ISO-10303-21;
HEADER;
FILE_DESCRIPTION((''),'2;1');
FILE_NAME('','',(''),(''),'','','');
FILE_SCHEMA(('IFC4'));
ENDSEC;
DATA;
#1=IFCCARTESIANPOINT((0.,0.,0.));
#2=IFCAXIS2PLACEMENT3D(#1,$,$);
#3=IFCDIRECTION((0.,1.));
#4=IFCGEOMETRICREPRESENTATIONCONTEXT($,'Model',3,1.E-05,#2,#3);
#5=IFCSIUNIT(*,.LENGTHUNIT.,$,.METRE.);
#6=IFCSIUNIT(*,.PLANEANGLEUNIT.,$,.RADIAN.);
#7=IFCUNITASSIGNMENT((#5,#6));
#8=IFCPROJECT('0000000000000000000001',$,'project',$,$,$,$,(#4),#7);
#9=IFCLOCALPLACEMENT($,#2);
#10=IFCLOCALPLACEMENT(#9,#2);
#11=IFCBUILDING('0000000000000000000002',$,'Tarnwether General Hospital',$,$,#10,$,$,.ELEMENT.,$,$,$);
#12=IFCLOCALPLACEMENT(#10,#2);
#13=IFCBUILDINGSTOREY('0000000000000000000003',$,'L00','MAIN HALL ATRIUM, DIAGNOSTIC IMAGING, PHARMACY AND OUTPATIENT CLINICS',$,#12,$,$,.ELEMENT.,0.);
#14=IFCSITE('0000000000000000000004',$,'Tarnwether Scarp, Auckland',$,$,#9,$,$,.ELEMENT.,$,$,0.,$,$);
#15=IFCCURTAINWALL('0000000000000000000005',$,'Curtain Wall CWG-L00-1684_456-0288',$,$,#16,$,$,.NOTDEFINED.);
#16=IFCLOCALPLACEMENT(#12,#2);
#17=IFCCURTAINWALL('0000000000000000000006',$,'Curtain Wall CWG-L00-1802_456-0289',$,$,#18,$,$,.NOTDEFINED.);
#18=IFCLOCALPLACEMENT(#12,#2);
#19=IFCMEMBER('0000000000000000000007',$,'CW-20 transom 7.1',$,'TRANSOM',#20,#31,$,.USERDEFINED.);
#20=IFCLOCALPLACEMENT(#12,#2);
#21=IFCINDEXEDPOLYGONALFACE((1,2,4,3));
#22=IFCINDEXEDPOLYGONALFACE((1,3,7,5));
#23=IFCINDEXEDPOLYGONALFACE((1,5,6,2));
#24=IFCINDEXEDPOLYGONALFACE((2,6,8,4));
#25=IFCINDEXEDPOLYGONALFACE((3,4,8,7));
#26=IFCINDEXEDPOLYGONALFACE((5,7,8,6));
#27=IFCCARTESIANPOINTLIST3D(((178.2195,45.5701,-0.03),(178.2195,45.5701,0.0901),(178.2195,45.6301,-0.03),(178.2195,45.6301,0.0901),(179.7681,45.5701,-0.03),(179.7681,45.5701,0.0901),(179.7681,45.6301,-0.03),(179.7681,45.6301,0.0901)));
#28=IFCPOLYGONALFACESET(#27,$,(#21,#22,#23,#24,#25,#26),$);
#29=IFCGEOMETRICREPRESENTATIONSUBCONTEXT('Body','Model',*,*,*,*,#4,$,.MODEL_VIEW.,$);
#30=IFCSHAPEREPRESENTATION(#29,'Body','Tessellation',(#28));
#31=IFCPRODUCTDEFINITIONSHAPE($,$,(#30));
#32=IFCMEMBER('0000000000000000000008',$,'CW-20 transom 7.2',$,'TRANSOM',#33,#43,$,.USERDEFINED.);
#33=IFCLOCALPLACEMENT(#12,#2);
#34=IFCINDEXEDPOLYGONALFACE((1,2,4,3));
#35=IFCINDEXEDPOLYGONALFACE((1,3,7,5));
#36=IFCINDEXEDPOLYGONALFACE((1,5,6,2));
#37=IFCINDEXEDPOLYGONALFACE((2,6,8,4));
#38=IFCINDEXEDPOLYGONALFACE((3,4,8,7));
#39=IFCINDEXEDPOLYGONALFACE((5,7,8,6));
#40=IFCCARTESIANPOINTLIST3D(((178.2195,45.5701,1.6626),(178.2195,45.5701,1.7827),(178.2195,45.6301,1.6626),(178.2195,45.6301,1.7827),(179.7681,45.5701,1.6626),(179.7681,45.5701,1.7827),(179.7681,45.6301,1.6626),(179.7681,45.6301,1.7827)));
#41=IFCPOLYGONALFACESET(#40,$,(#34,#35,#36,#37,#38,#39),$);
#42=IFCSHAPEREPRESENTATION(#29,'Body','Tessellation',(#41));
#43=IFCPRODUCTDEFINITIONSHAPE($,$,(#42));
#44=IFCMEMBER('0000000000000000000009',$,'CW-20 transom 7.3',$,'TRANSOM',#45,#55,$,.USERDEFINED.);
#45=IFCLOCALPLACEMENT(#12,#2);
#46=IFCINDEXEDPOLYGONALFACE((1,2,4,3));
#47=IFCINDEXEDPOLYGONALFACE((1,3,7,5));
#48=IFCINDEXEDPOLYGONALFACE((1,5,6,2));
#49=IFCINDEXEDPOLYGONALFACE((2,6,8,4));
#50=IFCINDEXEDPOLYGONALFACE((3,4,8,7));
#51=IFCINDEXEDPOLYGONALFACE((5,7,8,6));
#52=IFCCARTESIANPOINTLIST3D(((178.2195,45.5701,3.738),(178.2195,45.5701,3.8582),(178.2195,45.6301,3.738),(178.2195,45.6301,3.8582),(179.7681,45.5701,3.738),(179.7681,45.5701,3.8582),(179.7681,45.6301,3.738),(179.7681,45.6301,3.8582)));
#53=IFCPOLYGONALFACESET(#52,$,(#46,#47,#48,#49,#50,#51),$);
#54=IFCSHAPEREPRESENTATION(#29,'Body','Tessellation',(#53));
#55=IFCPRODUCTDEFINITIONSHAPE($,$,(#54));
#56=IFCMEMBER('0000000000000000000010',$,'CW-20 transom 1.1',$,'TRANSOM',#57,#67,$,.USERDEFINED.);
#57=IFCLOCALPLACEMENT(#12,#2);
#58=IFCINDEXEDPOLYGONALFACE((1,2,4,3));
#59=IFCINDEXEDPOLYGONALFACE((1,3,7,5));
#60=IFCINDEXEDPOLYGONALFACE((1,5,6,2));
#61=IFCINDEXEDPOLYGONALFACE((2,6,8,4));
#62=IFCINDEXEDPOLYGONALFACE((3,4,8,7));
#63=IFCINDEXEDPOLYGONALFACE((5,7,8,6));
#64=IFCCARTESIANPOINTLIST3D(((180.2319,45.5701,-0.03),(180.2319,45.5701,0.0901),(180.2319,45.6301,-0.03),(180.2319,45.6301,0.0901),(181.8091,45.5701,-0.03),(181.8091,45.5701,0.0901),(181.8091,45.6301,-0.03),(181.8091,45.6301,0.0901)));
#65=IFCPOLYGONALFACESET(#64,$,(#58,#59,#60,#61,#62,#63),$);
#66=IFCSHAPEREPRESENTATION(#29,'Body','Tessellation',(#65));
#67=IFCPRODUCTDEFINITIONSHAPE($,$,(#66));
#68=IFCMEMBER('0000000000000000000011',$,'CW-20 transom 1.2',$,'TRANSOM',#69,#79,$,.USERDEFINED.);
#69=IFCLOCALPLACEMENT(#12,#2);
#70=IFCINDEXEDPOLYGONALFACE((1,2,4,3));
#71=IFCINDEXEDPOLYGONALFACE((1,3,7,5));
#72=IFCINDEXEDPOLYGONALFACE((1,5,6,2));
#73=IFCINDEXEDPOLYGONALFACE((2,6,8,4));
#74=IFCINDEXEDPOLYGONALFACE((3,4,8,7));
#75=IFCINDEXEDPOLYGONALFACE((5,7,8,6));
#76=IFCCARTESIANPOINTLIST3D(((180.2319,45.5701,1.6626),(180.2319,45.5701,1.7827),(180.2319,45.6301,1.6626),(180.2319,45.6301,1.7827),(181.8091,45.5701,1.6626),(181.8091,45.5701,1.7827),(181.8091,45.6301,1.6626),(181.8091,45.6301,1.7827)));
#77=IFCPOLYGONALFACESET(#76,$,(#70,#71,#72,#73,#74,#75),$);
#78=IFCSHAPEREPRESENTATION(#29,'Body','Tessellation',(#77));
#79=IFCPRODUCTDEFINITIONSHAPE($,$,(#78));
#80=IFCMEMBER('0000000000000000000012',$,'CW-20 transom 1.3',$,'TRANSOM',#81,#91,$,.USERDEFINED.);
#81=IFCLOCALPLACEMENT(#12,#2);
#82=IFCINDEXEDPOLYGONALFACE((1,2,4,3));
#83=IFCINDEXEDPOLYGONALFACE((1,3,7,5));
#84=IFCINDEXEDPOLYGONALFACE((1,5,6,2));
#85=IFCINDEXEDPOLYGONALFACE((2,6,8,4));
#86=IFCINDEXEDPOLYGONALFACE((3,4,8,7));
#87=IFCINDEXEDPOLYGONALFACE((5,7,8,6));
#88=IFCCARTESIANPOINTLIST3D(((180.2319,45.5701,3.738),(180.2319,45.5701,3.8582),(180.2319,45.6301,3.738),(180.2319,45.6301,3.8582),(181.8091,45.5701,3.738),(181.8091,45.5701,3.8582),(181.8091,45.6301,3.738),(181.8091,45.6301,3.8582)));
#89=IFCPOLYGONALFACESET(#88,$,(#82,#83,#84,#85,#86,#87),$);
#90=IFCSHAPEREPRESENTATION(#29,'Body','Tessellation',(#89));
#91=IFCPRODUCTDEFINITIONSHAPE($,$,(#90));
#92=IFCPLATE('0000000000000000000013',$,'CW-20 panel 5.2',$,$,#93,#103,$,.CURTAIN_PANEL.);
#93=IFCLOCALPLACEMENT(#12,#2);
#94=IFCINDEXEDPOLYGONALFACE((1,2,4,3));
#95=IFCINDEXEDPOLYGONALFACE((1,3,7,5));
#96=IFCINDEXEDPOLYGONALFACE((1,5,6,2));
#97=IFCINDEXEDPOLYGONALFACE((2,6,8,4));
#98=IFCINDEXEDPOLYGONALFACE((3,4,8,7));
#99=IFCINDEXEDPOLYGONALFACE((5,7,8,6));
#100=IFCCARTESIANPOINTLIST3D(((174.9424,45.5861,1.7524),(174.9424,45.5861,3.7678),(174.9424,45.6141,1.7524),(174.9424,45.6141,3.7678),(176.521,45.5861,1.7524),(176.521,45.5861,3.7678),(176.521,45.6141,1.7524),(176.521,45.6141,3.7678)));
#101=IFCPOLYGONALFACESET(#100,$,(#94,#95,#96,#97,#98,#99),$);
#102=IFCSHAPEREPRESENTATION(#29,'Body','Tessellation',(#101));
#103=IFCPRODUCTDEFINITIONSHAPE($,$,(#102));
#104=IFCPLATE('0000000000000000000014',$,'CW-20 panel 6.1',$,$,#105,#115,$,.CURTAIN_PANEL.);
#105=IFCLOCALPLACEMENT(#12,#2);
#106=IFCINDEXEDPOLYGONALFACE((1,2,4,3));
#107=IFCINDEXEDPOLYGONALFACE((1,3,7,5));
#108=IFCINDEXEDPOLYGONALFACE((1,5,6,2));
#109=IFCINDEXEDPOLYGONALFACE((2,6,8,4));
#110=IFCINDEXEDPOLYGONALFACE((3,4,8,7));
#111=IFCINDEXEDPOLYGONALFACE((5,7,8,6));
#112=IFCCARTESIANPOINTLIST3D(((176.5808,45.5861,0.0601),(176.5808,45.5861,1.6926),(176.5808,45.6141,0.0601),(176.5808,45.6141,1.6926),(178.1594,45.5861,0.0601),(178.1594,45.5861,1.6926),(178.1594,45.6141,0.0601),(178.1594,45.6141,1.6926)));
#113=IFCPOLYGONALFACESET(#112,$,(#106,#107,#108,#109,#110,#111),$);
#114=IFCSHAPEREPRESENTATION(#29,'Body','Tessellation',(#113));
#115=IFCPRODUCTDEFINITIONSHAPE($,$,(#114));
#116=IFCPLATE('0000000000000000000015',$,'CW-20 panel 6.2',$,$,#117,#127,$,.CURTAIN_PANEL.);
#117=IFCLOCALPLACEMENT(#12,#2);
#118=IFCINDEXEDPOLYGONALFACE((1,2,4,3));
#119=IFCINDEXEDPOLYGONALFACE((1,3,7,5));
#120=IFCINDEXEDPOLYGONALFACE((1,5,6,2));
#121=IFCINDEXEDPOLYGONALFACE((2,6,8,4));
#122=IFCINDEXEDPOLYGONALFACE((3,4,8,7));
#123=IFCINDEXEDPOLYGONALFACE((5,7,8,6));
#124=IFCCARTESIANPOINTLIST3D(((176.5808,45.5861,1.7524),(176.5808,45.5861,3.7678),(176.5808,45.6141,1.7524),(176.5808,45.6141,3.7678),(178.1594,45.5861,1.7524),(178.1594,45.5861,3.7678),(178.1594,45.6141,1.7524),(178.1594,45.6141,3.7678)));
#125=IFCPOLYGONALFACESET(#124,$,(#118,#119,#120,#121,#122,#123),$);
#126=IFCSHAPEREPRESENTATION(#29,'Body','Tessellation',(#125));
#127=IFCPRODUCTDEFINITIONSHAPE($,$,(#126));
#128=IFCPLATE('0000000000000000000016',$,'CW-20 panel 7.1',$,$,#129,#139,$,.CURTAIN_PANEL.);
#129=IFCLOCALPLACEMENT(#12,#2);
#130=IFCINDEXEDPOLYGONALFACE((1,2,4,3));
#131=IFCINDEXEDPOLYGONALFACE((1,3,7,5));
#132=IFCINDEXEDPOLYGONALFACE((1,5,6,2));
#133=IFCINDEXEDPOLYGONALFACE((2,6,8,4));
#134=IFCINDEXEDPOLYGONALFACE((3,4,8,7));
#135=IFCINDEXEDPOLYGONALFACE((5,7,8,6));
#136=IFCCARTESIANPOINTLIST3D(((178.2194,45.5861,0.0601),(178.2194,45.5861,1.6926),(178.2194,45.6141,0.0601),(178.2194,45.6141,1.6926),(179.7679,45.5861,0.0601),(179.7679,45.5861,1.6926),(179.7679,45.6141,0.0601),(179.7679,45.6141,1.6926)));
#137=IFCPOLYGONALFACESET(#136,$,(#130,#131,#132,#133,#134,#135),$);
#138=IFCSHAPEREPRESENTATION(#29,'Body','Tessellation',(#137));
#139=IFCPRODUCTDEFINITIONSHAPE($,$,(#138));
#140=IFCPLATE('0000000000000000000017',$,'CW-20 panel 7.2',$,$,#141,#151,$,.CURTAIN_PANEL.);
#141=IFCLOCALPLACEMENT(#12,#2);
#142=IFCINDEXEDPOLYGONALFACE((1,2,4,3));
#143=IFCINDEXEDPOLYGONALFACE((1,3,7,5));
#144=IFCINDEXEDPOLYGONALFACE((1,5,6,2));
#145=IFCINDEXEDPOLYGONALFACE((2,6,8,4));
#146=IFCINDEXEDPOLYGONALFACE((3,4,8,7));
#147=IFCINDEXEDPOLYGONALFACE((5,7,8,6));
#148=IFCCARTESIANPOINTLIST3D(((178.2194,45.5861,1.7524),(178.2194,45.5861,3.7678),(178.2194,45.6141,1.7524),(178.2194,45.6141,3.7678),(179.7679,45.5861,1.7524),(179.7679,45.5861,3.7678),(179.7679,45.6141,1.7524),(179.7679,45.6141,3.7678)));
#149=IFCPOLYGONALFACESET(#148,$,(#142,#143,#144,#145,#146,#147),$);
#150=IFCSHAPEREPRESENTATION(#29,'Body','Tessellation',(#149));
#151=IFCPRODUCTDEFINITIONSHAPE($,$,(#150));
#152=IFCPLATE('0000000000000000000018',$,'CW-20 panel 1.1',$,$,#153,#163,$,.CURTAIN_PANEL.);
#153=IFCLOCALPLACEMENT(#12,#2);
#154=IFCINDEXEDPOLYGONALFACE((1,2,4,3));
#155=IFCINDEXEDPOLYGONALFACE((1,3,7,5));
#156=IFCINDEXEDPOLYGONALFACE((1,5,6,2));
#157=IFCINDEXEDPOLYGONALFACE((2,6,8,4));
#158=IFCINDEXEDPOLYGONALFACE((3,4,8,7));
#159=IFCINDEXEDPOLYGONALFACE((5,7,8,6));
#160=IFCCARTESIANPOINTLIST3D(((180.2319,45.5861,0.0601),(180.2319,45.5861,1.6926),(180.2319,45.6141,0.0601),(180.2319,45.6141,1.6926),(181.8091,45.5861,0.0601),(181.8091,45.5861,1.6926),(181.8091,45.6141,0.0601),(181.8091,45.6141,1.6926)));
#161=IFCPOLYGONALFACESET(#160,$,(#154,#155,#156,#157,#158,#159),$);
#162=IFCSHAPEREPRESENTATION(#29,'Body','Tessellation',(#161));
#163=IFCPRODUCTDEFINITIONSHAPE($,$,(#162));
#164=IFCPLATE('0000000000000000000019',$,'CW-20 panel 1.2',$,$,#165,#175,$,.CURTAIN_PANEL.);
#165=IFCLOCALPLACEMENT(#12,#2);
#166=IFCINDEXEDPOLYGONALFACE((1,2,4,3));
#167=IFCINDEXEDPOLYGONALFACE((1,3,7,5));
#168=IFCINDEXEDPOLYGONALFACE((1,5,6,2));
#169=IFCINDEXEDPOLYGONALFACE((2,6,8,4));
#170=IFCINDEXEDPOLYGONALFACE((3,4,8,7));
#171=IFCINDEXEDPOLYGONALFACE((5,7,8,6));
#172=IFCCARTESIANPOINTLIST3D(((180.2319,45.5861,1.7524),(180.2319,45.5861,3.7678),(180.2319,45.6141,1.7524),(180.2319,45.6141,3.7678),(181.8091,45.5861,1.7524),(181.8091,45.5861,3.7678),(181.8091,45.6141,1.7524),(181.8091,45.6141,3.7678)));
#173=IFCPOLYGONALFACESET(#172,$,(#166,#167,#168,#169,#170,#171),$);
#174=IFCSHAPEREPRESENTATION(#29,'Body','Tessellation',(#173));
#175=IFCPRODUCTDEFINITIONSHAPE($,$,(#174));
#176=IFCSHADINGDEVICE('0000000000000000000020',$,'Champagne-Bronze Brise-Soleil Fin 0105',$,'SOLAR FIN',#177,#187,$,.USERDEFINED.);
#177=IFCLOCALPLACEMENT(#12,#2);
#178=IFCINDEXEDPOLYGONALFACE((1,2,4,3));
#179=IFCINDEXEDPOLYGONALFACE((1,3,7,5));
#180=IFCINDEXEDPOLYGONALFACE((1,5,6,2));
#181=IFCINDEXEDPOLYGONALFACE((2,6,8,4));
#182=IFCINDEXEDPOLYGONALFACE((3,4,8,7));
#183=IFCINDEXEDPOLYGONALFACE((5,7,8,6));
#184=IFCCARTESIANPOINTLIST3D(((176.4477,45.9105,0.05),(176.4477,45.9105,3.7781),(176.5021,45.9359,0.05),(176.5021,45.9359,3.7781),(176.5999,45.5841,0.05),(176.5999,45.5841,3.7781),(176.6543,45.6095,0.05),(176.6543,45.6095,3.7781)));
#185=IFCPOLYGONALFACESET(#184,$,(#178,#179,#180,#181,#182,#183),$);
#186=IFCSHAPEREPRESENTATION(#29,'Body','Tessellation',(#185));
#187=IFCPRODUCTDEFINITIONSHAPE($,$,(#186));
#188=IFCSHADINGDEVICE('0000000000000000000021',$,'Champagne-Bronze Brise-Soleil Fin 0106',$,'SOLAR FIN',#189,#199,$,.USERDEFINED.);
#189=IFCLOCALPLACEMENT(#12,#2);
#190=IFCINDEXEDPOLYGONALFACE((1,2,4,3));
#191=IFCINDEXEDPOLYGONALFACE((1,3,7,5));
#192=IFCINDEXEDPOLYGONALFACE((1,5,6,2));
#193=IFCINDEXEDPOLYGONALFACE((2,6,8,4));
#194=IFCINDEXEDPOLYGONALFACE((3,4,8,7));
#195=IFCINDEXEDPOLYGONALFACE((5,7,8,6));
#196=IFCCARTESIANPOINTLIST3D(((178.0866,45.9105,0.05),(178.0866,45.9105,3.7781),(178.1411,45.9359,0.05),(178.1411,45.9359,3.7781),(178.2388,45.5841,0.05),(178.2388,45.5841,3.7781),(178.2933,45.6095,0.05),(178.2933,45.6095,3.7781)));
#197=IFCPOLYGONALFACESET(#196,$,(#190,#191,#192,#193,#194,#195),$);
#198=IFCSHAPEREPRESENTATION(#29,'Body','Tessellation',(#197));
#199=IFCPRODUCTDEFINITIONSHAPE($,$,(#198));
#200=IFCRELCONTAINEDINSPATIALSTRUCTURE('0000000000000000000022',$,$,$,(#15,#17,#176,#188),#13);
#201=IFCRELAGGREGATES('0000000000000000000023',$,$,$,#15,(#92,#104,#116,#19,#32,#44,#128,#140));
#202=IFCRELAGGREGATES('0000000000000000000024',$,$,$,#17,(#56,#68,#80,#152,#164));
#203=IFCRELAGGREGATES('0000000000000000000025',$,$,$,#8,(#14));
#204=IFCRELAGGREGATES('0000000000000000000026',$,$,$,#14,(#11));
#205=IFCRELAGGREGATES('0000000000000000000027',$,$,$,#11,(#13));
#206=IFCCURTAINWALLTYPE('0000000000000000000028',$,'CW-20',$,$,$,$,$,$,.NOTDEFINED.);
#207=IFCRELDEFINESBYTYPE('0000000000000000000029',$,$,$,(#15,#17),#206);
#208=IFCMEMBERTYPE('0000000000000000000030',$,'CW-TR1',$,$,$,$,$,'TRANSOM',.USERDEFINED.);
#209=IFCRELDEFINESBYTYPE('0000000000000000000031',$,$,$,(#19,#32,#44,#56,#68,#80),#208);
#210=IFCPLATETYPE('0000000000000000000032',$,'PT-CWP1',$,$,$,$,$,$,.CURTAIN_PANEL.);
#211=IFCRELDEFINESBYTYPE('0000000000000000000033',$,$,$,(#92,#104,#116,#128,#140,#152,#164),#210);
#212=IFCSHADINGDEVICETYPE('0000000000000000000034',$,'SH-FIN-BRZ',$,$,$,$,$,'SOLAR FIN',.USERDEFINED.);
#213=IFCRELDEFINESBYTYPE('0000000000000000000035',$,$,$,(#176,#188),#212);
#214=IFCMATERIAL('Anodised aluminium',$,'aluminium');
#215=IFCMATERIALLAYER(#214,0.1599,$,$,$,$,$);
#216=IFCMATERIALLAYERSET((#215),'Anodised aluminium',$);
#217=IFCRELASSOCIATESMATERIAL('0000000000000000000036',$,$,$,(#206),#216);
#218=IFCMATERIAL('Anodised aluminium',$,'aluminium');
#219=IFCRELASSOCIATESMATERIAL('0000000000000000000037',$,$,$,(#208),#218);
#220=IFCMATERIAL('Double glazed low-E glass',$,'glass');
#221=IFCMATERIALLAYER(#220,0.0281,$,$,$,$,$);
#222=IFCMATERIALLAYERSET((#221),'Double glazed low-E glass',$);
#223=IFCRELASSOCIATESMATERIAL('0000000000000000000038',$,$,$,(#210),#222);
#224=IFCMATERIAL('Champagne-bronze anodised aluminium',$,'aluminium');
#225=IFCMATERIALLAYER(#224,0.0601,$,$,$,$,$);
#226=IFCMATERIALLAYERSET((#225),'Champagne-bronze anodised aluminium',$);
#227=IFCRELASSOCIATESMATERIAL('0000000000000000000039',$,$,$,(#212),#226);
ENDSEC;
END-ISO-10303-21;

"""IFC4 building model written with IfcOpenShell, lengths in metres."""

from ifc_helpers import new_model, si_unit, direction, frame, origin, origin_2d, place, context, subcontext, project, spatial, rectangle, extrude, material, layer, layer_set, material_profile, profile_set, type_object, element, aggregate, save


model = new_model("IFC4")

# Units and contexts
model_context = context("Model", 3, precision=1e-05, world=origin(), true_north=direction((0.0, 1.0)))
body_context = subcontext(model_context, "Body", "Model", "MODEL_VIEW")
ifc_project = project(units=[si_unit("LENGTHUNIT", "METRE"), si_unit("PLANEANGLEUNIT", "RADIAN")], contexts=[model_context])

# Site, building, storey
site_placement = place(None, origin())
site = spatial("IfcSite", under=ifc_project, at=site_placement, Name="Tarnwether Scarp, Auckland", CompositionType="ELEMENT", RefElevation=0.0)
building_placement = place(site_placement, origin())
building = spatial("IfcBuilding", under=site, at=building_placement, Name="Tarnwether General Hospital", CompositionType="ELEMENT")
storey_placement = place(building_placement, origin())
storey = spatial("IfcBuildingStorey", under=building, at=storey_placement, Name="L00", Description="MAIN HALL ATRIUM, DIAGNOSTIC IMAGING, PHARMACY AND OUTPATIENT CLINICS", CompositionType="ELEMENT", Elevation=0.0)

# Curtain wall
ifc_material_1 = material(Name="Anodised aluminium", Category="aluminium")
ifc_layer_1 = layer(ifc_material_1, 0.1599)
ifc_layer_set_1 = layer_set([ifc_layer_1], Name="Anodised aluminium")
curtain_wall_type = type_object("IfcCurtainWallType", Name="CW-20", PredefinedType="NOTDEFINED", material=ifc_layer_set_1)
curtain_wall_1_placement = place(storey_placement, origin())
curtain_wall_1 = element("IfcCurtainWall", 1, at=curtain_wall_1_placement, inside=storey, type_object=curtain_wall_type, Name="Curtain Wall CWG-L00-1684_456-0288", PredefinedType="NOTDEFINED")

# Curtain wall
curtain_wall_2_placement = place(storey_placement, origin())
curtain_wall_2 = element("IfcCurtainWall", 2, at=curtain_wall_2_placement, inside=storey, type_object=curtain_wall_type, Name="Curtain Wall CWG-L00-1802_456-0289", PredefinedType="NOTDEFINED")

# Members
ifc_material_2 = material(Name="Anodised aluminium", Category="aluminium")
ifc_material_profile_1 = material_profile(ifc_material_2, rectangle(XDim=0.0601, YDim=0.1201, at=origin_2d()), Name="ALU-TRN-60x120")
ifc_profile_set_1 = profile_set([ifc_material_profile_1], Name="Anodised aluminium")
member_type_1 = type_object("IfcMemberType", Name="CW-TR1", ElementType="TRANSOM", PredefinedType="USERDEFINED", material=ifc_profile_set_1)
member_1_placement = place(storey_placement, frame((178.2195, 45.6001, 0.03), z_axis=(1.0, 0.0, 0.0), x_axis=(0.0, 1.0, 0.0)))
member_1 = element("IfcMember", 3, at=member_1_placement, type_object=member_type_1, Name="CW-20 transom 7.1", ObjectType="TRANSOM", PredefinedType="USERDEFINED", context=body_context, shape_type="SweptSolid", body=[
    extrude(rectangle(XDim=0.0601, YDim=0.1201, at=origin_2d()), origin(), (0.0, 0.0, 1.0), 1.5486),
])
member_2_placement = place(storey_placement, frame((178.2195, 45.6001, 1.7227), z_axis=(1.0, 0.0, 0.0), x_axis=(0.0, 1.0, 0.0)))
member_2 = element("IfcMember", 4, at=member_2_placement, type_object=member_type_1, Name="CW-20 transom 7.2", ObjectType="TRANSOM", PredefinedType="USERDEFINED", context=body_context, shape_type="SweptSolid", body=[
    extrude(rectangle(XDim=0.0601, YDim=0.1201, at=origin_2d()), origin(), (0.0, 0.0, 1.0), 1.5486),
])
member_3_placement = place(storey_placement, frame((178.2195, 45.6001, 3.7981), z_axis=(1.0, 0.0, 0.0), x_axis=(0.0, 1.0, 0.0)))
member_3 = element("IfcMember", 5, at=member_3_placement, type_object=member_type_1, Name="CW-20 transom 7.3", ObjectType="TRANSOM", PredefinedType="USERDEFINED", context=body_context, shape_type="SweptSolid", body=[
    extrude(rectangle(XDim=0.0601, YDim=0.1201, at=origin_2d()), origin(), (0.0, 0.0, 1.0), 1.5486),
])
member_4_placement = place(storey_placement, frame((180.2319, 45.6001, 0.03), z_axis=(1.0, 0.0, 0.0), x_axis=(0.0, 1.0, 0.0)))
member_4 = element("IfcMember", 6, at=member_4_placement, type_object=member_type_1, Name="CW-20 transom 1.1", ObjectType="TRANSOM", PredefinedType="USERDEFINED", context=body_context, shape_type="SweptSolid", body=[
    extrude(rectangle(XDim=0.0601, YDim=0.1201, at=origin_2d()), origin(), (0.0, 0.0, 1.0), 1.5771),
])
member_5_placement = place(storey_placement, frame((180.2319, 45.6001, 1.7227), z_axis=(1.0, 0.0, 0.0), x_axis=(0.0, 1.0, 0.0)))
member_5 = element("IfcMember", 7, at=member_5_placement, type_object=member_type_1, Name="CW-20 transom 1.2", ObjectType="TRANSOM", PredefinedType="USERDEFINED", context=body_context, shape_type="SweptSolid", body=[
    extrude(rectangle(XDim=0.0601, YDim=0.1201, at=origin_2d()), origin(), (0.0, 0.0, 1.0), 1.5771),
])
member_6_placement = place(storey_placement, frame((180.2319, 45.6001, 3.7981), z_axis=(1.0, 0.0, 0.0), x_axis=(0.0, 1.0, 0.0)))
member_6 = element("IfcMember", 8, at=member_6_placement, type_object=member_type_1, Name="CW-20 transom 1.3", ObjectType="TRANSOM", PredefinedType="USERDEFINED", context=body_context, shape_type="SweptSolid", body=[
    extrude(rectangle(XDim=0.0601, YDim=0.1201, at=origin_2d()), origin(), (0.0, 0.0, 1.0), 1.5771),
])

# Plates
ifc_material_3 = material(Name="Double glazed low-E glass", Category="glass")
ifc_layer_2 = layer(ifc_material_3, 0.0281)
ifc_layer_set_2 = layer_set([ifc_layer_2], Name="Double glazed low-E glass")
plate_type = type_object("IfcPlateType", Name="PT-CWP1", PredefinedType="CURTAIN_PANEL", material=ifc_layer_set_2)
plate_1_placement = place(storey_placement, frame((175.7317, 45.6001, 1.7524), z_axis=(0.0, 0.0, 1.0), x_axis=(1.0, 0.0, 0.0)))
plate_1 = element("IfcPlate", 9, at=plate_1_placement, type_object=plate_type, Name="CW-20 panel 5.2", PredefinedType="CURTAIN_PANEL", context=body_context, shape_type="SweptSolid", body=[
    extrude(rectangle(XDim=1.5786, YDim=0.0281, at=origin_2d()), origin(), (0.0, 0.0, 1.0), 2.0154),
])
plate_2_placement = place(storey_placement, frame((177.3701, 45.6001, 0.0601), z_axis=(0.0, 0.0, 1.0), x_axis=(1.0, 0.0, 0.0)))
plate_2 = element("IfcPlate", 10, at=plate_2_placement, type_object=plate_type, Name="CW-20 panel 6.1", PredefinedType="CURTAIN_PANEL", context=body_context, shape_type="SweptSolid", body=[
    extrude(rectangle(XDim=1.5786, YDim=0.0281, at=origin_2d()), origin(), (0.0, 0.0, 1.0), 1.6326),
])
plate_3_placement = place(storey_placement, frame((177.3701, 45.6001, 1.7524), z_axis=(0.0, 0.0, 1.0), x_axis=(1.0, 0.0, 0.0)))
plate_3 = element("IfcPlate", 11, at=plate_3_placement, type_object=plate_type, Name="CW-20 panel 6.2", PredefinedType="CURTAIN_PANEL", context=body_context, shape_type="SweptSolid", body=[
    extrude(rectangle(XDim=1.5786, YDim=0.0281, at=origin_2d()), origin(), (0.0, 0.0, 1.0), 2.0154),
])
plate_4_placement = place(storey_placement, frame((178.9937, 45.6001, 0.0601), z_axis=(0.0, 0.0, 1.0), x_axis=(1.0, 0.0, 0.0)))
plate_4 = element("IfcPlate", 12, at=plate_4_placement, type_object=plate_type, Name="CW-20 panel 7.1", PredefinedType="CURTAIN_PANEL", context=body_context, shape_type="SweptSolid", body=[
    extrude(rectangle(XDim=1.5486, YDim=0.0281, at=origin_2d()), origin(), (0.0, 0.0, 1.0), 1.6326),
])
plate_5_placement = place(storey_placement, frame((178.9937, 45.6001, 1.7524), z_axis=(0.0, 0.0, 1.0), x_axis=(1.0, 0.0, 0.0)))
plate_5 = element("IfcPlate", 13, at=plate_5_placement, type_object=plate_type, Name="CW-20 panel 7.2", PredefinedType="CURTAIN_PANEL", context=body_context, shape_type="SweptSolid", body=[
    extrude(rectangle(XDim=1.5486, YDim=0.0281, at=origin_2d()), origin(), (0.0, 0.0, 1.0), 2.0154),
])
aggregate(curtain_wall_1, [plate_1, plate_2, plate_3, member_1, member_2, member_3, plate_4, plate_5])
plate_6_placement = place(storey_placement, frame((181.0205, 45.6001, 0.0601), z_axis=(0.0, 0.0, 1.0), x_axis=(1.0, 0.0, 0.0)))
plate_6 = element("IfcPlate", 14, at=plate_6_placement, type_object=plate_type, Name="CW-20 panel 1.1", PredefinedType="CURTAIN_PANEL", context=body_context, shape_type="SweptSolid", body=[
    extrude(rectangle(XDim=1.5771, YDim=0.0281, at=origin_2d()), origin(), (0.0, 0.0, 1.0), 1.6326),
])
plate_7_placement = place(storey_placement, frame((181.0205, 45.6001, 1.7524), z_axis=(0.0, 0.0, 1.0), x_axis=(1.0, 0.0, 0.0)))
plate_7 = element("IfcPlate", 15, at=plate_7_placement, type_object=plate_type, Name="CW-20 panel 1.2", PredefinedType="CURTAIN_PANEL", context=body_context, shape_type="SweptSolid", body=[
    extrude(rectangle(XDim=1.5771, YDim=0.0281, at=origin_2d()), origin(), (0.0, 0.0, 1.0), 2.0154),
])
aggregate(curtain_wall_2, [member_4, member_5, member_6, plate_6, plate_7])

# Shading devices
ifc_material_4 = material(Name="Champagne-bronze anodised aluminium", Category="aluminium")
ifc_layer_3 = layer(ifc_material_4, 0.0601)
ifc_layer_set_3 = layer_set([ifc_layer_3], Name="Champagne-bronze anodised aluminium")
shading_device_type = type_object("IfcShadingDeviceType", Name="SH-FIN-BRZ", ElementType="SOLAR FIN", PredefinedType="USERDEFINED", material=ifc_layer_set_3)
for number, where, z_axis, x_axis, name in (
    (16, (176.551, 45.76, 0.05), (0.0, 0.0, 1.0), (0.906308, 0.422618, 0.0), "Champagne-Bronze Brise-Soleil Fin 0105"),
    (17, (178.1899, 45.76, 0.05), (0.0, 0.0, 1.0), (0.906308, 0.422618, 0.0), "Champagne-Bronze Brise-Soleil Fin 0106"),
):
    element("IfcShadingDevice", number, at=place(storey_placement, frame(where, z_axis=z_axis, x_axis=x_axis)), inside=storey, type_object=shading_device_type, Name=name, ObjectType="SOLAR FIN", PredefinedType="USERDEFINED", context=body_context, shape_type="SweptSolid", body=[
        extrude(rectangle(XDim=0.0601, YDim=0.3601, at=origin_2d()), origin(), (0.0, 0.0, 1.0), 3.728),
    ])

save(model, "model.ifc")
